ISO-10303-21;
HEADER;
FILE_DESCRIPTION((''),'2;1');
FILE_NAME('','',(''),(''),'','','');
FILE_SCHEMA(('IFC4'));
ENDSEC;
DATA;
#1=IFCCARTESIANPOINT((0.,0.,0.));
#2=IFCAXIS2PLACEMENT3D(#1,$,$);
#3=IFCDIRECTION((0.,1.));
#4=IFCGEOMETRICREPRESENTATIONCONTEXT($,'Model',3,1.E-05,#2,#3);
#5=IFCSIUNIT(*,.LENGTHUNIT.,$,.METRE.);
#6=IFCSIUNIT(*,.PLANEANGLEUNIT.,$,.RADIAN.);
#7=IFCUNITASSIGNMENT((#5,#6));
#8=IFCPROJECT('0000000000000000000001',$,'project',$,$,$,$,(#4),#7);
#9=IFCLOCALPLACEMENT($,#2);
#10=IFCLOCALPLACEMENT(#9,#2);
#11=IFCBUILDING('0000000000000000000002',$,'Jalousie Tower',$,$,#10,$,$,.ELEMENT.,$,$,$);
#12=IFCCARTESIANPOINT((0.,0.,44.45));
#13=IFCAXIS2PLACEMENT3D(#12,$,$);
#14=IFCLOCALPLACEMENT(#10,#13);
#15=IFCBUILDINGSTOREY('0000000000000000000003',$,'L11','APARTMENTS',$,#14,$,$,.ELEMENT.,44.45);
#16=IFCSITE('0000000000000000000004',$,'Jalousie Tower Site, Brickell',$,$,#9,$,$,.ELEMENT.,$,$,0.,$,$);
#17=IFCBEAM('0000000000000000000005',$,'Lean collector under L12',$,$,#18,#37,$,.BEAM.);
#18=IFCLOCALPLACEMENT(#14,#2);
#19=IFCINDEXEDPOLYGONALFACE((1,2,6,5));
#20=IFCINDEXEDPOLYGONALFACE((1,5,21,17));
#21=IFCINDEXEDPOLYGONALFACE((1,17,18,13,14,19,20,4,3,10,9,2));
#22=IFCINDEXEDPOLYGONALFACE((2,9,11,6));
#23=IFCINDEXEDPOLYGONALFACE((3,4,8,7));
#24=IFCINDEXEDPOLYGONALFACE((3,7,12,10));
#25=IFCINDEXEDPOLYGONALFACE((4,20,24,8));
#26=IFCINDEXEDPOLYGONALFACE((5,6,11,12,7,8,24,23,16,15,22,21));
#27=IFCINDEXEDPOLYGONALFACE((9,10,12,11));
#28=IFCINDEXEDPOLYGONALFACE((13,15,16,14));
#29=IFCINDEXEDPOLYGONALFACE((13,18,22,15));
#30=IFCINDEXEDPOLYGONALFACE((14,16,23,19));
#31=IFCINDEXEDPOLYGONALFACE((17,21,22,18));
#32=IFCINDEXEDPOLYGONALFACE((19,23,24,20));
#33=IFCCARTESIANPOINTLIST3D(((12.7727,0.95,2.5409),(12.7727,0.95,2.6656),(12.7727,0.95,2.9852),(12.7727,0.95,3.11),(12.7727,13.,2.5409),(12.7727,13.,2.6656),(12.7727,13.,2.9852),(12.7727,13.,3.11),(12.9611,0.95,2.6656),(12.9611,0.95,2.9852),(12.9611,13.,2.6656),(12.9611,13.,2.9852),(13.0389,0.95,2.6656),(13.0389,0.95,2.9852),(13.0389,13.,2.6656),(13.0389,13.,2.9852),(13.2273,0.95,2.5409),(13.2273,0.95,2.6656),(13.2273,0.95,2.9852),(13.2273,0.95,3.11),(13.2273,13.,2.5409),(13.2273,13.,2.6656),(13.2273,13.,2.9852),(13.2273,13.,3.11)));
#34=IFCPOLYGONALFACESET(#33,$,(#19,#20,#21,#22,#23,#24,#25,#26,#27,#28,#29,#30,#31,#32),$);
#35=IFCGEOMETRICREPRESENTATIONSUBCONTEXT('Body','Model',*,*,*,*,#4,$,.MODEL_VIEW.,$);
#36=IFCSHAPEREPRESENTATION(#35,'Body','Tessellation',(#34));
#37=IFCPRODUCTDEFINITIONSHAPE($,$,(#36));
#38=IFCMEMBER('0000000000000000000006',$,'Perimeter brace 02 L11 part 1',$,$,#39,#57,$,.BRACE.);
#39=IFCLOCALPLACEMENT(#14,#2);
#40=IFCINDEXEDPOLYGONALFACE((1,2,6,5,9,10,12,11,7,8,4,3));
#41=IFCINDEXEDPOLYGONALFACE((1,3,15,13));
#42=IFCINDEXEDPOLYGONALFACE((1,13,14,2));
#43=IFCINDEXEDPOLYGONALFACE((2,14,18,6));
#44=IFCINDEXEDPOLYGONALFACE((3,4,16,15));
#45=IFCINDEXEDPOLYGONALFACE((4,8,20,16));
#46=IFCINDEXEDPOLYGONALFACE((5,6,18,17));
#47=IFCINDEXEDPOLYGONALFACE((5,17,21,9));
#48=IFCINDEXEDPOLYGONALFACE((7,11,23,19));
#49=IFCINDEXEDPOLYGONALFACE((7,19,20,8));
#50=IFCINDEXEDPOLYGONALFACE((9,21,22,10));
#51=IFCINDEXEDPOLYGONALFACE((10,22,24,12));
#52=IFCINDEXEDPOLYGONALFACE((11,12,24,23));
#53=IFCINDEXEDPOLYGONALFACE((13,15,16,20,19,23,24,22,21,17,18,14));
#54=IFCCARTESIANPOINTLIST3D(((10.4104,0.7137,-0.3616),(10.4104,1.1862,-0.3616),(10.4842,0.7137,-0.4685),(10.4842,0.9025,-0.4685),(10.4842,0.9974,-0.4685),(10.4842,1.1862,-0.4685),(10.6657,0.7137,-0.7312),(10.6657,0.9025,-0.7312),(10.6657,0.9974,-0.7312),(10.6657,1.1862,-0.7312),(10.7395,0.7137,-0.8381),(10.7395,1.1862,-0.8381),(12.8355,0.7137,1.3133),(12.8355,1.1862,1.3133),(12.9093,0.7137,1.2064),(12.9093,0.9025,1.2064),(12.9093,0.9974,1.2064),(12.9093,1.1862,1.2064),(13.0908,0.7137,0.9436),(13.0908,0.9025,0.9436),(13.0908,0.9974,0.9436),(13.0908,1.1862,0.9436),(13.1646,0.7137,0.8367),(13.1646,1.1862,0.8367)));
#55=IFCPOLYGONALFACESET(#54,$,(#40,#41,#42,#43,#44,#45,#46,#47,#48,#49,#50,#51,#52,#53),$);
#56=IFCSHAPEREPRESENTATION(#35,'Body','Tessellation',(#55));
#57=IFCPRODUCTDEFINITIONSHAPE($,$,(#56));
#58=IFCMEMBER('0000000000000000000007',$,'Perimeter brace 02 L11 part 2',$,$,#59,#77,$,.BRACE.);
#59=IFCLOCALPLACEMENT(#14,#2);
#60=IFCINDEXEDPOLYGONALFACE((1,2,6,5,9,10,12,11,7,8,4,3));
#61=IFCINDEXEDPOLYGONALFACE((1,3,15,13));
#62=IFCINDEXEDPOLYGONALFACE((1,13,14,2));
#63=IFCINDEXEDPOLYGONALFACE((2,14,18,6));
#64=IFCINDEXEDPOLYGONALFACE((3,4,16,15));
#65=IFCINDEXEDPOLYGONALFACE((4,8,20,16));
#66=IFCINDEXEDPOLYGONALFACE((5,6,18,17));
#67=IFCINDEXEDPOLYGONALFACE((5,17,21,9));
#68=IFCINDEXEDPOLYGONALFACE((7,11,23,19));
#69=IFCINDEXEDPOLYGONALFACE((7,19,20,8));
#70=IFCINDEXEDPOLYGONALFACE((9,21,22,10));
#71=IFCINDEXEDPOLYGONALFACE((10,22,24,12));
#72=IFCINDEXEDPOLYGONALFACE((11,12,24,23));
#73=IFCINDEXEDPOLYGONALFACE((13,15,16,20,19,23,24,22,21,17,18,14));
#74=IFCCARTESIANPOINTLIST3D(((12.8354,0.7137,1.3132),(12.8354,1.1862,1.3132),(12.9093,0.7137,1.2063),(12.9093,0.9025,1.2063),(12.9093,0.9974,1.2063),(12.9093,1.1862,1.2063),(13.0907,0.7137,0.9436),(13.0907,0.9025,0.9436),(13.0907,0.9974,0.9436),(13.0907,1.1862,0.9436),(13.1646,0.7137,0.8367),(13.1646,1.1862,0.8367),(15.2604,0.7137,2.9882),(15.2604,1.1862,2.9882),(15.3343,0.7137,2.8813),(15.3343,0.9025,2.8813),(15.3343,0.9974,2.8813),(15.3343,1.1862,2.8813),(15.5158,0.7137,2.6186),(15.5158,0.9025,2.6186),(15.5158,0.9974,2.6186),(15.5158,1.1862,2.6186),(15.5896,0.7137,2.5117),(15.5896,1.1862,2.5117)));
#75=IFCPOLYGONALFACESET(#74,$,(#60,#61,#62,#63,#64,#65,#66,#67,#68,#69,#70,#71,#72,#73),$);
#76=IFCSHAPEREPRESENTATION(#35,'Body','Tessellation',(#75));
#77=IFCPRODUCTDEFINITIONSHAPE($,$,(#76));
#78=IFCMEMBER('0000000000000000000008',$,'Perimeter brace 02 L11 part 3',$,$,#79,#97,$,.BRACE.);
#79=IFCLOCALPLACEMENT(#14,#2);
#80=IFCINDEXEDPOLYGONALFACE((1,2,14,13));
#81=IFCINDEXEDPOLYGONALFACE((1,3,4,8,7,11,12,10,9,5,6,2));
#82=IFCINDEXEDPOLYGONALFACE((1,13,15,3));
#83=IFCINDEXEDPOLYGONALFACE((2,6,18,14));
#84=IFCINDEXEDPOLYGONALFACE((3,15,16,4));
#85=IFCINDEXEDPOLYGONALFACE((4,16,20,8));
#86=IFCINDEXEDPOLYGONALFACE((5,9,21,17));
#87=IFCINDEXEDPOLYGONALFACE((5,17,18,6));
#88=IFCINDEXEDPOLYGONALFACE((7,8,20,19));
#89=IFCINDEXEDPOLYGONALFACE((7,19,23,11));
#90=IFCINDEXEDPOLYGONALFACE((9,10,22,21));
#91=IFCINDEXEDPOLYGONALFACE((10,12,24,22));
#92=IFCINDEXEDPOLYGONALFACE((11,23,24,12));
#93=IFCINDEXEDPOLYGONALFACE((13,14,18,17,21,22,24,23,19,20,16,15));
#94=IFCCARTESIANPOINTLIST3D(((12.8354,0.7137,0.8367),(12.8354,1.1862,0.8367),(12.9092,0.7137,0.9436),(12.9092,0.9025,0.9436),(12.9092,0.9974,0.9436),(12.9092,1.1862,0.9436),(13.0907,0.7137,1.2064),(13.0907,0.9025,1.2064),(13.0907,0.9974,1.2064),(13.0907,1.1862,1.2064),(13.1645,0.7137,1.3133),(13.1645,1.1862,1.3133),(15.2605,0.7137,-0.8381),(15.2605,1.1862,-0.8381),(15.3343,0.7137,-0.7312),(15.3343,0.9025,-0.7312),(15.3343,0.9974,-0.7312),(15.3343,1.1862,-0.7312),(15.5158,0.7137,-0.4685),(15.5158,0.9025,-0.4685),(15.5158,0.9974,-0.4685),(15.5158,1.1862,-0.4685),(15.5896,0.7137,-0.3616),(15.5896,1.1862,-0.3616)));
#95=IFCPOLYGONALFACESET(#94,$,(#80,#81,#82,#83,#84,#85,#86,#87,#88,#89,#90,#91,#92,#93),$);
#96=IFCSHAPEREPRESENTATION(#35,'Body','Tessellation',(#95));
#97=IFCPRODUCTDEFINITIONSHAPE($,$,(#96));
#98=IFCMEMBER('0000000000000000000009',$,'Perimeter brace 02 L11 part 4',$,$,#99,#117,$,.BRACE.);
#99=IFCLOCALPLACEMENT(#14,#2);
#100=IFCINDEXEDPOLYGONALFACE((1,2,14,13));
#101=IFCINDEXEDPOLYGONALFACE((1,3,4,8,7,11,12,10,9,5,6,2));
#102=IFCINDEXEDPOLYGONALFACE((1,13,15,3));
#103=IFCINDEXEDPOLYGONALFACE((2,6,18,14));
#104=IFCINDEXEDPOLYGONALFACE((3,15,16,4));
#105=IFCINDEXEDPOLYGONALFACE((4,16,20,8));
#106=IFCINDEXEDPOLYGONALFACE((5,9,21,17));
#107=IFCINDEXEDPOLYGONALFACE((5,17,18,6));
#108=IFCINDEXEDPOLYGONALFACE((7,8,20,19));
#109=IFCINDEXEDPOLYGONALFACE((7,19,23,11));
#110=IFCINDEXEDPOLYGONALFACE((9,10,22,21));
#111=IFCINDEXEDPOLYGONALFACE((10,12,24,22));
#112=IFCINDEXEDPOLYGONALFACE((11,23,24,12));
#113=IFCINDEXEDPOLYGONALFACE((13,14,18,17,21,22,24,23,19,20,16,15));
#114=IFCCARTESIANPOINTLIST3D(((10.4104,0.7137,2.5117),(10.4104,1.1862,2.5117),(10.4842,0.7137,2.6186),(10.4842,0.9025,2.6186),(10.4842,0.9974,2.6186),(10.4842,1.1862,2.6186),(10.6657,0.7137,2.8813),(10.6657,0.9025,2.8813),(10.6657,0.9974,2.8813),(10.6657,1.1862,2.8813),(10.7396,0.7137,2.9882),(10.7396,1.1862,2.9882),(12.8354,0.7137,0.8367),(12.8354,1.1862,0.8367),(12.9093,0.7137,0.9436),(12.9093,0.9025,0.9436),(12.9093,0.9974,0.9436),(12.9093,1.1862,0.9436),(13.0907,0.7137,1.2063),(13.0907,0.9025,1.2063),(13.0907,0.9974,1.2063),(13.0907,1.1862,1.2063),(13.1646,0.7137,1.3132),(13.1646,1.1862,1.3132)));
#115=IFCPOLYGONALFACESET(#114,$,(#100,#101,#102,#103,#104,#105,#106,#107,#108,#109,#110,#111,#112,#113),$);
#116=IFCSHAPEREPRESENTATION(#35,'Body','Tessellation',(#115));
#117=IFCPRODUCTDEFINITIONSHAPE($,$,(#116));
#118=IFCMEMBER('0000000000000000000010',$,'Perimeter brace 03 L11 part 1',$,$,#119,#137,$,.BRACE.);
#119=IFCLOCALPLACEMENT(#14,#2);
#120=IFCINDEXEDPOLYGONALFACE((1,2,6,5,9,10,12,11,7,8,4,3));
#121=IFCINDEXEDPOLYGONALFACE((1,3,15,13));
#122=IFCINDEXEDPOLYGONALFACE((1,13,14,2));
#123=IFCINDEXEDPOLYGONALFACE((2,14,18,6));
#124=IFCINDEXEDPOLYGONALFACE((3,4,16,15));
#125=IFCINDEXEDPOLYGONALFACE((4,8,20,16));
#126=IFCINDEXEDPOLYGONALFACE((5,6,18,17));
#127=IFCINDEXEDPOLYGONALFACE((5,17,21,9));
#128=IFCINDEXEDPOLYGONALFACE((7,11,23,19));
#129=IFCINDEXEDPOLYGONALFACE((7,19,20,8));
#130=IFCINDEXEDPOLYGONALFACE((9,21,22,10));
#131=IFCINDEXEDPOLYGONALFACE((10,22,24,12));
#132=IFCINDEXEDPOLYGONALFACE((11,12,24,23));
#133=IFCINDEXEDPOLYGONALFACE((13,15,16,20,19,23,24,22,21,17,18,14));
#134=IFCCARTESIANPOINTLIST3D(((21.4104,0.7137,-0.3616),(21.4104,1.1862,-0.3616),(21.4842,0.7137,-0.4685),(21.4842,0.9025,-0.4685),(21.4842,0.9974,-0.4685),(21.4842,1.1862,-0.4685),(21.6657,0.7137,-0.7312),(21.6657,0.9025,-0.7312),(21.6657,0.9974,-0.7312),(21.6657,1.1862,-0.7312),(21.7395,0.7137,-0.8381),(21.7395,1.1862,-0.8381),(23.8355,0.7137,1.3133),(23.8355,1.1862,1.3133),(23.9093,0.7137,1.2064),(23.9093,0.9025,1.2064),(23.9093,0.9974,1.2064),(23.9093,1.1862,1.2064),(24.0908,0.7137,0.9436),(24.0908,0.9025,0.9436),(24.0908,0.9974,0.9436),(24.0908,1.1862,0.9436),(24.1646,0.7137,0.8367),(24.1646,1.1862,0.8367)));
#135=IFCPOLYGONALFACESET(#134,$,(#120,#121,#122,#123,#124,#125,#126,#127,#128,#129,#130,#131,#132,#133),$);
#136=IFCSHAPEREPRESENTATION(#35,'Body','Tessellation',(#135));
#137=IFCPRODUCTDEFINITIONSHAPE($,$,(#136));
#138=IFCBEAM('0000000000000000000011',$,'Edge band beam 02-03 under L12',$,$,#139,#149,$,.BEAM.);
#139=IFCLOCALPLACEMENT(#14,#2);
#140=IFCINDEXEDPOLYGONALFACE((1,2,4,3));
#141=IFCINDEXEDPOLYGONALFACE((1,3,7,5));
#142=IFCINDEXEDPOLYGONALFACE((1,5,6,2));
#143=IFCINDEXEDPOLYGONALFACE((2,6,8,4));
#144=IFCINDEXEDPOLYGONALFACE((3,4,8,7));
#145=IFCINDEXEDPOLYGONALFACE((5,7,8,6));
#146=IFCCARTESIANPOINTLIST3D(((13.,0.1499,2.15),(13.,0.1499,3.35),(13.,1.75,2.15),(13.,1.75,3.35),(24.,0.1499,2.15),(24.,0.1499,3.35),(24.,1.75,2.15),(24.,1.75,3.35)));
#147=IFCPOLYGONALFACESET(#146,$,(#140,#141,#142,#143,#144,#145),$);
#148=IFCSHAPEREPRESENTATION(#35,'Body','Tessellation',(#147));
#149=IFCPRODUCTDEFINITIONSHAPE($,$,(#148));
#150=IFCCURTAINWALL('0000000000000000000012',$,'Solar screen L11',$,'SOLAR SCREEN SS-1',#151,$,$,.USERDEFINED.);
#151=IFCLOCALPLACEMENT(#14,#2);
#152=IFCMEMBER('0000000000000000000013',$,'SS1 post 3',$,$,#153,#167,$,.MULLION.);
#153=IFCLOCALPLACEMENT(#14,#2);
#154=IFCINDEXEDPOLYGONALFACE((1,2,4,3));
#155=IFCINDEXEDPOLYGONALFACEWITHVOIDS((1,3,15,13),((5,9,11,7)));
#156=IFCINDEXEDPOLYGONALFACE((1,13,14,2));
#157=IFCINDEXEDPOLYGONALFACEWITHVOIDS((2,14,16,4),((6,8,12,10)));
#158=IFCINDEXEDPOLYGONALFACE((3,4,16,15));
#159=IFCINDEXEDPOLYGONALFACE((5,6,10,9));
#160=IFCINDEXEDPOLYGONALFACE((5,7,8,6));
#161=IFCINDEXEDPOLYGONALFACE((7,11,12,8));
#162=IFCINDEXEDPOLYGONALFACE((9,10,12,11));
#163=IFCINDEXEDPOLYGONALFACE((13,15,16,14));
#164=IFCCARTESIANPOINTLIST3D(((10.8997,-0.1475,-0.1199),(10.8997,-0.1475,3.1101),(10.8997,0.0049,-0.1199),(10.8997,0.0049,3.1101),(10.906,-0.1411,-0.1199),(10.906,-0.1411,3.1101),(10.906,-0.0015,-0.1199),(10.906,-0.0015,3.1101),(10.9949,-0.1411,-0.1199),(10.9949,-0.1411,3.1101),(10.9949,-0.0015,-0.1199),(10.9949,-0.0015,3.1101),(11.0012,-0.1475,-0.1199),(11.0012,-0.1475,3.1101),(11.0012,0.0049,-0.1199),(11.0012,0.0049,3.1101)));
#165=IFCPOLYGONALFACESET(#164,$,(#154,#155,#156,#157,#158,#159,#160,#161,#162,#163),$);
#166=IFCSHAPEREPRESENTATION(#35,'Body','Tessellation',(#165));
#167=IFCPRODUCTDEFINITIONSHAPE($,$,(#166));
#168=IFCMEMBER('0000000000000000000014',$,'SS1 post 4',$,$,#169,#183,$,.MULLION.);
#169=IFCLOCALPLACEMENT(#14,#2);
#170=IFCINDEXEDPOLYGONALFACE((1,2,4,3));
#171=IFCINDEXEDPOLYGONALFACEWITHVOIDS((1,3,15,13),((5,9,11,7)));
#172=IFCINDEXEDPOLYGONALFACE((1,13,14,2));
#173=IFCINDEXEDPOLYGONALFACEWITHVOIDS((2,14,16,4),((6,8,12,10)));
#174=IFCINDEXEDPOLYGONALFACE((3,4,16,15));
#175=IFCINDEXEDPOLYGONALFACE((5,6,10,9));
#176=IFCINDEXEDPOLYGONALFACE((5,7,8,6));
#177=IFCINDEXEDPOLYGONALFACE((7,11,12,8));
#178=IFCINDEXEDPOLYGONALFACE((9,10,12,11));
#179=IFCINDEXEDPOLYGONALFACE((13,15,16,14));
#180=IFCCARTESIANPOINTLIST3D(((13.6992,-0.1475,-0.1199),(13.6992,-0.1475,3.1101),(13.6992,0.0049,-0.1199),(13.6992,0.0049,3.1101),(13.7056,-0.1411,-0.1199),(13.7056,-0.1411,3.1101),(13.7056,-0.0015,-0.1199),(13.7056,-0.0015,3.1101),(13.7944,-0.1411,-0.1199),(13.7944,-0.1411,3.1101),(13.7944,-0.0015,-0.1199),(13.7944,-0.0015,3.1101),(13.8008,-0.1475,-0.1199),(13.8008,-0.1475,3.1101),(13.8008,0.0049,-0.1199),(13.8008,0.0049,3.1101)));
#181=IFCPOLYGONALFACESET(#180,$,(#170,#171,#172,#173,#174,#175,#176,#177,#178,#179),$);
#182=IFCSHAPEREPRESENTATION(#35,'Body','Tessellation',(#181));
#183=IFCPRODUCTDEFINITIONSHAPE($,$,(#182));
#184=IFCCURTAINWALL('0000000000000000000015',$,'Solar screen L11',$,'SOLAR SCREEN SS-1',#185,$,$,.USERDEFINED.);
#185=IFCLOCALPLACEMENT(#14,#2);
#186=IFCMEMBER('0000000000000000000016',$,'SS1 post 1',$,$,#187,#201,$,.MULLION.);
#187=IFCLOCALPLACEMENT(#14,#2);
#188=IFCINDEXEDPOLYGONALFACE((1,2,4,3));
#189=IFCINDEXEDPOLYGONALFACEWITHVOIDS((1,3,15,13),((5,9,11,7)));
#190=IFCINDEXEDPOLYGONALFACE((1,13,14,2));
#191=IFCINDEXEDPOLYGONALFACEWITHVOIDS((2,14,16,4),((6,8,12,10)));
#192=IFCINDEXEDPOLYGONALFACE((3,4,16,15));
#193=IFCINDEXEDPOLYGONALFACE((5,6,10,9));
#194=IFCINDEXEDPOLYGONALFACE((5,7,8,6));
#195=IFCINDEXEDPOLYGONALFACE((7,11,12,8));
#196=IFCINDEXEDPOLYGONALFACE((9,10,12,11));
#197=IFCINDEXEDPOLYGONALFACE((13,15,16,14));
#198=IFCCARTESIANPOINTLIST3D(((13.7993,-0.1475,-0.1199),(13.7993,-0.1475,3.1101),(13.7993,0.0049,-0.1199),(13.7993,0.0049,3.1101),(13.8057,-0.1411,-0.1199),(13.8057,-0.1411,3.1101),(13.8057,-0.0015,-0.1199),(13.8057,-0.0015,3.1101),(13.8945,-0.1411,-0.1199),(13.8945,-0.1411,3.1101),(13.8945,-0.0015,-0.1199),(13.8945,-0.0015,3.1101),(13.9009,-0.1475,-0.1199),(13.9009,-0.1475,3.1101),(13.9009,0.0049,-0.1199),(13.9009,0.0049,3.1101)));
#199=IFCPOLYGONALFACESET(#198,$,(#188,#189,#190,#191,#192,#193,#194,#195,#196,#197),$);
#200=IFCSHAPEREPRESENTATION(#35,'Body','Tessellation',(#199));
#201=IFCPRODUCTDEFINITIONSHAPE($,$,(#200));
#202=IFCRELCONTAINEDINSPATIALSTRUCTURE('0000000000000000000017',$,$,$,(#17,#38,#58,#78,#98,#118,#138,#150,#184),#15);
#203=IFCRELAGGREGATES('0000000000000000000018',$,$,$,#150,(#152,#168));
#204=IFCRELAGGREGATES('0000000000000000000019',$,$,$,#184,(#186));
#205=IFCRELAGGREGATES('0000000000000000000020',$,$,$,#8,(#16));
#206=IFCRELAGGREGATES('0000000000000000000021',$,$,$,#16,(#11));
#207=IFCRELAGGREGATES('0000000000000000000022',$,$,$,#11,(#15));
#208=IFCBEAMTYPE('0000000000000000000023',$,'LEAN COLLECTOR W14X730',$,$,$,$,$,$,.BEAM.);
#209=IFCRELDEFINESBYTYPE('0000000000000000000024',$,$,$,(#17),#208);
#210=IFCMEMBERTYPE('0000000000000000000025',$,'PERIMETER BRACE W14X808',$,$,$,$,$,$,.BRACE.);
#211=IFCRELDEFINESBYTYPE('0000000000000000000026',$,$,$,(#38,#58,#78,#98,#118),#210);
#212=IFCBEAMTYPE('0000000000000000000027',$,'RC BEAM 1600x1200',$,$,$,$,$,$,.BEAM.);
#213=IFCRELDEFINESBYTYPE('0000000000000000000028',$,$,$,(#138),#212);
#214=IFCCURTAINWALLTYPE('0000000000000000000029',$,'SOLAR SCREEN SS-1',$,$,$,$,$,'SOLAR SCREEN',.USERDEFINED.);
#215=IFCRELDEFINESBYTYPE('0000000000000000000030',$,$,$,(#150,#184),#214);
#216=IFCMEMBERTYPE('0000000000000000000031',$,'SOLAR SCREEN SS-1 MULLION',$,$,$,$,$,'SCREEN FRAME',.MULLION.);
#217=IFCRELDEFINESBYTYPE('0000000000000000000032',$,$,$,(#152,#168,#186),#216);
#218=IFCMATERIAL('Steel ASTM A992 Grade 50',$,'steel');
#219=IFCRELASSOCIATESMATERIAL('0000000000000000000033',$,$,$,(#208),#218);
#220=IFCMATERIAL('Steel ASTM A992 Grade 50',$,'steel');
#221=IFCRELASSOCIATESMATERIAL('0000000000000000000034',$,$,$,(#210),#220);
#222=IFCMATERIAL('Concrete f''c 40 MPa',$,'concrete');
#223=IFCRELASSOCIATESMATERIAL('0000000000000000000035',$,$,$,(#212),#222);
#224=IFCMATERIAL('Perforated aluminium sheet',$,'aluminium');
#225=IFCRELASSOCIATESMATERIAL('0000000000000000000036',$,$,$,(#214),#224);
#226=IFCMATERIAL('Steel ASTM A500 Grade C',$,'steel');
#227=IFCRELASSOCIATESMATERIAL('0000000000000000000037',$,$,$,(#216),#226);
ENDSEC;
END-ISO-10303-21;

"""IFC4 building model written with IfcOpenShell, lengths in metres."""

from ifc_helpers import new_model, si_unit, direction, frame, origin, origin_2d, place, context, subcontext, project, spatial, rectangle, hollow_rectangle, i_section, extrude, material, material_profile, profile_set, type_object, element, aggregate, save


model = new_model("IFC4")

# Units and contexts
model_context = context("Model", 3, precision=1e-05, world=origin(), true_north=direction((0.0, 1.0)))
body_context = subcontext(model_context, "Body", "Model", "MODEL_VIEW")
ifc_project = project(units=[si_unit("LENGTHUNIT", "METRE"), si_unit("PLANEANGLEUNIT", "RADIAN")], contexts=[model_context])

# Site, building, storey
site_placement = place(None, origin())
site = spatial("IfcSite", under=ifc_project, at=site_placement, Name="Jalousie Tower Site, Brickell", CompositionType="ELEMENT", RefElevation=0.0)
building_placement = place(site_placement, origin())
building = spatial("IfcBuilding", under=site, at=building_placement, Name="Jalousie Tower", CompositionType="ELEMENT")
storey_placement = place(building_placement, frame((0.0, 0.0, 44.45)))
storey = spatial("IfcBuildingStorey", under=building, at=storey_placement, Name="L11", Description="APARTMENTS", CompositionType="ELEMENT", Elevation=44.45)

# Beam
ifc_material_1 = material(Name="Steel ASTM A992 Grade 50", Category="steel")
ifc_material_profile_1 = material_profile(ifc_material_1, i_section(OverallWidth=0.4546, OverallDepth=0.5691, WebThickness=0.0779, FlangeThickness=0.1248, at=origin_2d()), Name="W14X730")
ifc_profile_set_1 = profile_set([ifc_material_profile_1], Name="Steel ASTM A992 Grade 50")
beam_type_1 = type_object("IfcBeamType", Name="LEAN COLLECTOR W14X730", PredefinedType="BEAM", material=ifc_profile_set_1)
beam_1_placement = place(storey_placement, frame((13.0, 0.95, 2.8254), z_axis=(0.0, 1.0, 0.0), x_axis=(-1.0, 0.0, 0.0)))
element("IfcBeam", 1, at=beam_1_placement, inside=storey, type_object=beam_type_1, Name="Lean collector under L12", PredefinedType="BEAM", context=body_context, shape_type="SweptSolid", body=[
    extrude(i_section(OverallWidth=0.4546, OverallDepth=0.5691, WebThickness=0.0779, FlangeThickness=0.1248, at=origin_2d()), origin(), (0.0, 0.0, 1.0), 12.05),
])

# Members
ifc_material_2 = material(Name="Steel ASTM A992 Grade 50", Category="steel")
ifc_material_profile_2 = material_profile(ifc_material_2, i_section(OverallWidth=0.4724, OverallDepth=0.5791, WebThickness=0.095, FlangeThickness=0.1299, at=origin_2d()), Name="W14X808")
ifc_profile_set_2 = profile_set([ifc_material_profile_2], Name="Steel ASTM A992 Grade 50")
member_type_1 = type_object("IfcMemberType", Name="PERIMETER BRACE W14X808", PredefinedType="BRACE", material=ifc_profile_set_2)
for number, where, z_axis, x_axis, name in (
    (2, (10.575, 0.95, -0.5999), (0.822839, 0.0, 0.568275), (0.0, 1.0, 0.0), "Perimeter brace 02 L11 part 1"),
    (3, (13.0, 0.95, 1.075), (0.8228, 0.0, 0.568331), (0.0, 1.0, 0.0), "Perimeter brace 02 L11 part 2"),
    (4, (15.425, 0.95, -0.5999), (-0.822839, 0.0, 0.568275), (0.0, -1.0, 0.0), "Perimeter brace 02 L11 part 3"),
    (5, (13.0, 0.95, 1.075), (-0.8228, 0.0, 0.568331), (0.0, -1.0, 0.0), "Perimeter brace 02 L11 part 4"),
    (6, (21.575, 0.95, -0.5999), (0.822839, 0.0, 0.568275), (0.0, 1.0, 0.0), "Perimeter brace 03 L11 part 1"),
):
    element("IfcMember", number, at=place(storey_placement, frame(where, z_axis=z_axis, x_axis=x_axis)), inside=storey, type_object=member_type_1, Name=name, PredefinedType="BRACE", context=body_context, shape_type="SweptSolid", body=[
        extrude(i_section(OverallWidth=0.4724, OverallDepth=0.5791, WebThickness=0.095, FlangeThickness=0.1299, at=origin_2d()), origin(), (0.0, 0.0, 1.0), 2.9473),
    ])

# Beam
ifc_material_3 = material(Name="Concrete f'c 40 MPa", Category="concrete")
ifc_material_profile_3 = material_profile(ifc_material_3, rectangle(XDim=1.6001, YDim=1.2, at=origin_2d()), Name="RC 1600x1200")
ifc_profile_set_3 = profile_set([ifc_material_profile_3], Name="Concrete f'c 40 MPa")
beam_type_2 = type_object("IfcBeamType", Name="RC BEAM 1600x1200", PredefinedType="BEAM", material=ifc_profile_set_3)
beam_2_placement = place(storey_placement, frame((13.0, 0.95, 2.75), z_axis=(1.0, 0.0, 0.0), x_axis=(0.0, 1.0, 0.0)))
element("IfcBeam", 7, at=beam_2_placement, inside=storey, type_object=beam_type_2, Name="Edge band beam 02-03 under L12", PredefinedType="BEAM", context=body_context, shape_type="SweptSolid", body=[
    extrude(rectangle(XDim=1.6001, YDim=1.2, at=origin_2d()), origin(), (0.0, 0.0, 1.0), 11.0),
])

# Curtain walls, members
ifc_material_4 = material(Name="Perforated aluminium sheet", Category="aluminium")
curtain_wall_type = type_object("IfcCurtainWallType", Name="SOLAR SCREEN SS-1", ElementType="SOLAR SCREEN", PredefinedType="USERDEFINED", material=ifc_material_4)
curtain_wall_1_placement = place(storey_placement, origin())
curtain_wall_1 = element("IfcCurtainWall", 8, at=curtain_wall_1_placement, inside=storey, type_object=curtain_wall_type, Name="Solar screen L11", ObjectType="SOLAR SCREEN SS-1", PredefinedType="USERDEFINED")
ifc_material_5 = material(Name="Steel ASTM A500 Grade C", Category="steel")
ifc_material_profile_4 = material_profile(ifc_material_5, hollow_rectangle(XDim=0.1016, YDim=0.1523, WallThickness=0.0063, at=origin_2d()), Name="HSS6X4X1/4")
ifc_profile_set_4 = profile_set([ifc_material_profile_4], Name="Steel ASTM A500 Grade C")
member_type_2 = type_object("IfcMemberType", Name="SOLAR SCREEN SS-1 MULLION", ElementType="SCREEN FRAME", PredefinedType="MULLION", material=ifc_profile_set_4)
member_1_placement = place(storey_placement, frame((10.9504, -0.0713, -0.1199), z_axis=(0.0, 0.0, 1.0), x_axis=(1.0, 0.0, 0.0)))
member_1 = element("IfcMember", 9, at=member_1_placement, type_object=member_type_2, Name="SS1 post 3", PredefinedType="MULLION", context=body_context, shape_type="SweptSolid", body=[
    extrude(hollow_rectangle(XDim=0.1016, YDim=0.1523, WallThickness=0.0063, at=origin_2d()), origin(), (0.0, 0.0, 1.0), 3.23),
])
member_2_placement = place(storey_placement, frame((13.75, -0.0713, -0.1199), z_axis=(0.0, 0.0, 1.0), x_axis=(1.0, 0.0, 0.0)))
member_2 = element("IfcMember", 10, at=member_2_placement, type_object=member_type_2, Name="SS1 post 4", PredefinedType="MULLION", context=body_context, shape_type="SweptSolid", body=[
    extrude(hollow_rectangle(XDim=0.1016, YDim=0.1523, WallThickness=0.0063, at=origin_2d()), origin(), (0.0, 0.0, 1.0), 3.23),
])
curtain_wall_2_placement = place(storey_placement, origin())
curtain_wall_2 = element("IfcCurtainWall", 11, at=curtain_wall_2_placement, inside=storey, type_object=curtain_wall_type, Name="Solar screen L11", ObjectType="SOLAR SCREEN SS-1", PredefinedType="USERDEFINED")
member_3_placement = place(storey_placement, frame((13.8501, -0.0713, -0.1199), z_axis=(0.0, 0.0, 1.0), x_axis=(1.0, 0.0, 0.0)))
member_3 = element("IfcMember", 12, at=member_3_placement, type_object=member_type_2, Name="SS1 post 1", PredefinedType="MULLION", context=body_context, shape_type="SweptSolid", body=[
    extrude(hollow_rectangle(XDim=0.1016, YDim=0.1523, WallThickness=0.0063, at=origin_2d()), origin(), (0.0, 0.0, 1.0), 3.23),
])

aggregate(curtain_wall_1, [member_1, member_2])
aggregate(curtain_wall_2, [member_3])

save(model, "model.ifc")
